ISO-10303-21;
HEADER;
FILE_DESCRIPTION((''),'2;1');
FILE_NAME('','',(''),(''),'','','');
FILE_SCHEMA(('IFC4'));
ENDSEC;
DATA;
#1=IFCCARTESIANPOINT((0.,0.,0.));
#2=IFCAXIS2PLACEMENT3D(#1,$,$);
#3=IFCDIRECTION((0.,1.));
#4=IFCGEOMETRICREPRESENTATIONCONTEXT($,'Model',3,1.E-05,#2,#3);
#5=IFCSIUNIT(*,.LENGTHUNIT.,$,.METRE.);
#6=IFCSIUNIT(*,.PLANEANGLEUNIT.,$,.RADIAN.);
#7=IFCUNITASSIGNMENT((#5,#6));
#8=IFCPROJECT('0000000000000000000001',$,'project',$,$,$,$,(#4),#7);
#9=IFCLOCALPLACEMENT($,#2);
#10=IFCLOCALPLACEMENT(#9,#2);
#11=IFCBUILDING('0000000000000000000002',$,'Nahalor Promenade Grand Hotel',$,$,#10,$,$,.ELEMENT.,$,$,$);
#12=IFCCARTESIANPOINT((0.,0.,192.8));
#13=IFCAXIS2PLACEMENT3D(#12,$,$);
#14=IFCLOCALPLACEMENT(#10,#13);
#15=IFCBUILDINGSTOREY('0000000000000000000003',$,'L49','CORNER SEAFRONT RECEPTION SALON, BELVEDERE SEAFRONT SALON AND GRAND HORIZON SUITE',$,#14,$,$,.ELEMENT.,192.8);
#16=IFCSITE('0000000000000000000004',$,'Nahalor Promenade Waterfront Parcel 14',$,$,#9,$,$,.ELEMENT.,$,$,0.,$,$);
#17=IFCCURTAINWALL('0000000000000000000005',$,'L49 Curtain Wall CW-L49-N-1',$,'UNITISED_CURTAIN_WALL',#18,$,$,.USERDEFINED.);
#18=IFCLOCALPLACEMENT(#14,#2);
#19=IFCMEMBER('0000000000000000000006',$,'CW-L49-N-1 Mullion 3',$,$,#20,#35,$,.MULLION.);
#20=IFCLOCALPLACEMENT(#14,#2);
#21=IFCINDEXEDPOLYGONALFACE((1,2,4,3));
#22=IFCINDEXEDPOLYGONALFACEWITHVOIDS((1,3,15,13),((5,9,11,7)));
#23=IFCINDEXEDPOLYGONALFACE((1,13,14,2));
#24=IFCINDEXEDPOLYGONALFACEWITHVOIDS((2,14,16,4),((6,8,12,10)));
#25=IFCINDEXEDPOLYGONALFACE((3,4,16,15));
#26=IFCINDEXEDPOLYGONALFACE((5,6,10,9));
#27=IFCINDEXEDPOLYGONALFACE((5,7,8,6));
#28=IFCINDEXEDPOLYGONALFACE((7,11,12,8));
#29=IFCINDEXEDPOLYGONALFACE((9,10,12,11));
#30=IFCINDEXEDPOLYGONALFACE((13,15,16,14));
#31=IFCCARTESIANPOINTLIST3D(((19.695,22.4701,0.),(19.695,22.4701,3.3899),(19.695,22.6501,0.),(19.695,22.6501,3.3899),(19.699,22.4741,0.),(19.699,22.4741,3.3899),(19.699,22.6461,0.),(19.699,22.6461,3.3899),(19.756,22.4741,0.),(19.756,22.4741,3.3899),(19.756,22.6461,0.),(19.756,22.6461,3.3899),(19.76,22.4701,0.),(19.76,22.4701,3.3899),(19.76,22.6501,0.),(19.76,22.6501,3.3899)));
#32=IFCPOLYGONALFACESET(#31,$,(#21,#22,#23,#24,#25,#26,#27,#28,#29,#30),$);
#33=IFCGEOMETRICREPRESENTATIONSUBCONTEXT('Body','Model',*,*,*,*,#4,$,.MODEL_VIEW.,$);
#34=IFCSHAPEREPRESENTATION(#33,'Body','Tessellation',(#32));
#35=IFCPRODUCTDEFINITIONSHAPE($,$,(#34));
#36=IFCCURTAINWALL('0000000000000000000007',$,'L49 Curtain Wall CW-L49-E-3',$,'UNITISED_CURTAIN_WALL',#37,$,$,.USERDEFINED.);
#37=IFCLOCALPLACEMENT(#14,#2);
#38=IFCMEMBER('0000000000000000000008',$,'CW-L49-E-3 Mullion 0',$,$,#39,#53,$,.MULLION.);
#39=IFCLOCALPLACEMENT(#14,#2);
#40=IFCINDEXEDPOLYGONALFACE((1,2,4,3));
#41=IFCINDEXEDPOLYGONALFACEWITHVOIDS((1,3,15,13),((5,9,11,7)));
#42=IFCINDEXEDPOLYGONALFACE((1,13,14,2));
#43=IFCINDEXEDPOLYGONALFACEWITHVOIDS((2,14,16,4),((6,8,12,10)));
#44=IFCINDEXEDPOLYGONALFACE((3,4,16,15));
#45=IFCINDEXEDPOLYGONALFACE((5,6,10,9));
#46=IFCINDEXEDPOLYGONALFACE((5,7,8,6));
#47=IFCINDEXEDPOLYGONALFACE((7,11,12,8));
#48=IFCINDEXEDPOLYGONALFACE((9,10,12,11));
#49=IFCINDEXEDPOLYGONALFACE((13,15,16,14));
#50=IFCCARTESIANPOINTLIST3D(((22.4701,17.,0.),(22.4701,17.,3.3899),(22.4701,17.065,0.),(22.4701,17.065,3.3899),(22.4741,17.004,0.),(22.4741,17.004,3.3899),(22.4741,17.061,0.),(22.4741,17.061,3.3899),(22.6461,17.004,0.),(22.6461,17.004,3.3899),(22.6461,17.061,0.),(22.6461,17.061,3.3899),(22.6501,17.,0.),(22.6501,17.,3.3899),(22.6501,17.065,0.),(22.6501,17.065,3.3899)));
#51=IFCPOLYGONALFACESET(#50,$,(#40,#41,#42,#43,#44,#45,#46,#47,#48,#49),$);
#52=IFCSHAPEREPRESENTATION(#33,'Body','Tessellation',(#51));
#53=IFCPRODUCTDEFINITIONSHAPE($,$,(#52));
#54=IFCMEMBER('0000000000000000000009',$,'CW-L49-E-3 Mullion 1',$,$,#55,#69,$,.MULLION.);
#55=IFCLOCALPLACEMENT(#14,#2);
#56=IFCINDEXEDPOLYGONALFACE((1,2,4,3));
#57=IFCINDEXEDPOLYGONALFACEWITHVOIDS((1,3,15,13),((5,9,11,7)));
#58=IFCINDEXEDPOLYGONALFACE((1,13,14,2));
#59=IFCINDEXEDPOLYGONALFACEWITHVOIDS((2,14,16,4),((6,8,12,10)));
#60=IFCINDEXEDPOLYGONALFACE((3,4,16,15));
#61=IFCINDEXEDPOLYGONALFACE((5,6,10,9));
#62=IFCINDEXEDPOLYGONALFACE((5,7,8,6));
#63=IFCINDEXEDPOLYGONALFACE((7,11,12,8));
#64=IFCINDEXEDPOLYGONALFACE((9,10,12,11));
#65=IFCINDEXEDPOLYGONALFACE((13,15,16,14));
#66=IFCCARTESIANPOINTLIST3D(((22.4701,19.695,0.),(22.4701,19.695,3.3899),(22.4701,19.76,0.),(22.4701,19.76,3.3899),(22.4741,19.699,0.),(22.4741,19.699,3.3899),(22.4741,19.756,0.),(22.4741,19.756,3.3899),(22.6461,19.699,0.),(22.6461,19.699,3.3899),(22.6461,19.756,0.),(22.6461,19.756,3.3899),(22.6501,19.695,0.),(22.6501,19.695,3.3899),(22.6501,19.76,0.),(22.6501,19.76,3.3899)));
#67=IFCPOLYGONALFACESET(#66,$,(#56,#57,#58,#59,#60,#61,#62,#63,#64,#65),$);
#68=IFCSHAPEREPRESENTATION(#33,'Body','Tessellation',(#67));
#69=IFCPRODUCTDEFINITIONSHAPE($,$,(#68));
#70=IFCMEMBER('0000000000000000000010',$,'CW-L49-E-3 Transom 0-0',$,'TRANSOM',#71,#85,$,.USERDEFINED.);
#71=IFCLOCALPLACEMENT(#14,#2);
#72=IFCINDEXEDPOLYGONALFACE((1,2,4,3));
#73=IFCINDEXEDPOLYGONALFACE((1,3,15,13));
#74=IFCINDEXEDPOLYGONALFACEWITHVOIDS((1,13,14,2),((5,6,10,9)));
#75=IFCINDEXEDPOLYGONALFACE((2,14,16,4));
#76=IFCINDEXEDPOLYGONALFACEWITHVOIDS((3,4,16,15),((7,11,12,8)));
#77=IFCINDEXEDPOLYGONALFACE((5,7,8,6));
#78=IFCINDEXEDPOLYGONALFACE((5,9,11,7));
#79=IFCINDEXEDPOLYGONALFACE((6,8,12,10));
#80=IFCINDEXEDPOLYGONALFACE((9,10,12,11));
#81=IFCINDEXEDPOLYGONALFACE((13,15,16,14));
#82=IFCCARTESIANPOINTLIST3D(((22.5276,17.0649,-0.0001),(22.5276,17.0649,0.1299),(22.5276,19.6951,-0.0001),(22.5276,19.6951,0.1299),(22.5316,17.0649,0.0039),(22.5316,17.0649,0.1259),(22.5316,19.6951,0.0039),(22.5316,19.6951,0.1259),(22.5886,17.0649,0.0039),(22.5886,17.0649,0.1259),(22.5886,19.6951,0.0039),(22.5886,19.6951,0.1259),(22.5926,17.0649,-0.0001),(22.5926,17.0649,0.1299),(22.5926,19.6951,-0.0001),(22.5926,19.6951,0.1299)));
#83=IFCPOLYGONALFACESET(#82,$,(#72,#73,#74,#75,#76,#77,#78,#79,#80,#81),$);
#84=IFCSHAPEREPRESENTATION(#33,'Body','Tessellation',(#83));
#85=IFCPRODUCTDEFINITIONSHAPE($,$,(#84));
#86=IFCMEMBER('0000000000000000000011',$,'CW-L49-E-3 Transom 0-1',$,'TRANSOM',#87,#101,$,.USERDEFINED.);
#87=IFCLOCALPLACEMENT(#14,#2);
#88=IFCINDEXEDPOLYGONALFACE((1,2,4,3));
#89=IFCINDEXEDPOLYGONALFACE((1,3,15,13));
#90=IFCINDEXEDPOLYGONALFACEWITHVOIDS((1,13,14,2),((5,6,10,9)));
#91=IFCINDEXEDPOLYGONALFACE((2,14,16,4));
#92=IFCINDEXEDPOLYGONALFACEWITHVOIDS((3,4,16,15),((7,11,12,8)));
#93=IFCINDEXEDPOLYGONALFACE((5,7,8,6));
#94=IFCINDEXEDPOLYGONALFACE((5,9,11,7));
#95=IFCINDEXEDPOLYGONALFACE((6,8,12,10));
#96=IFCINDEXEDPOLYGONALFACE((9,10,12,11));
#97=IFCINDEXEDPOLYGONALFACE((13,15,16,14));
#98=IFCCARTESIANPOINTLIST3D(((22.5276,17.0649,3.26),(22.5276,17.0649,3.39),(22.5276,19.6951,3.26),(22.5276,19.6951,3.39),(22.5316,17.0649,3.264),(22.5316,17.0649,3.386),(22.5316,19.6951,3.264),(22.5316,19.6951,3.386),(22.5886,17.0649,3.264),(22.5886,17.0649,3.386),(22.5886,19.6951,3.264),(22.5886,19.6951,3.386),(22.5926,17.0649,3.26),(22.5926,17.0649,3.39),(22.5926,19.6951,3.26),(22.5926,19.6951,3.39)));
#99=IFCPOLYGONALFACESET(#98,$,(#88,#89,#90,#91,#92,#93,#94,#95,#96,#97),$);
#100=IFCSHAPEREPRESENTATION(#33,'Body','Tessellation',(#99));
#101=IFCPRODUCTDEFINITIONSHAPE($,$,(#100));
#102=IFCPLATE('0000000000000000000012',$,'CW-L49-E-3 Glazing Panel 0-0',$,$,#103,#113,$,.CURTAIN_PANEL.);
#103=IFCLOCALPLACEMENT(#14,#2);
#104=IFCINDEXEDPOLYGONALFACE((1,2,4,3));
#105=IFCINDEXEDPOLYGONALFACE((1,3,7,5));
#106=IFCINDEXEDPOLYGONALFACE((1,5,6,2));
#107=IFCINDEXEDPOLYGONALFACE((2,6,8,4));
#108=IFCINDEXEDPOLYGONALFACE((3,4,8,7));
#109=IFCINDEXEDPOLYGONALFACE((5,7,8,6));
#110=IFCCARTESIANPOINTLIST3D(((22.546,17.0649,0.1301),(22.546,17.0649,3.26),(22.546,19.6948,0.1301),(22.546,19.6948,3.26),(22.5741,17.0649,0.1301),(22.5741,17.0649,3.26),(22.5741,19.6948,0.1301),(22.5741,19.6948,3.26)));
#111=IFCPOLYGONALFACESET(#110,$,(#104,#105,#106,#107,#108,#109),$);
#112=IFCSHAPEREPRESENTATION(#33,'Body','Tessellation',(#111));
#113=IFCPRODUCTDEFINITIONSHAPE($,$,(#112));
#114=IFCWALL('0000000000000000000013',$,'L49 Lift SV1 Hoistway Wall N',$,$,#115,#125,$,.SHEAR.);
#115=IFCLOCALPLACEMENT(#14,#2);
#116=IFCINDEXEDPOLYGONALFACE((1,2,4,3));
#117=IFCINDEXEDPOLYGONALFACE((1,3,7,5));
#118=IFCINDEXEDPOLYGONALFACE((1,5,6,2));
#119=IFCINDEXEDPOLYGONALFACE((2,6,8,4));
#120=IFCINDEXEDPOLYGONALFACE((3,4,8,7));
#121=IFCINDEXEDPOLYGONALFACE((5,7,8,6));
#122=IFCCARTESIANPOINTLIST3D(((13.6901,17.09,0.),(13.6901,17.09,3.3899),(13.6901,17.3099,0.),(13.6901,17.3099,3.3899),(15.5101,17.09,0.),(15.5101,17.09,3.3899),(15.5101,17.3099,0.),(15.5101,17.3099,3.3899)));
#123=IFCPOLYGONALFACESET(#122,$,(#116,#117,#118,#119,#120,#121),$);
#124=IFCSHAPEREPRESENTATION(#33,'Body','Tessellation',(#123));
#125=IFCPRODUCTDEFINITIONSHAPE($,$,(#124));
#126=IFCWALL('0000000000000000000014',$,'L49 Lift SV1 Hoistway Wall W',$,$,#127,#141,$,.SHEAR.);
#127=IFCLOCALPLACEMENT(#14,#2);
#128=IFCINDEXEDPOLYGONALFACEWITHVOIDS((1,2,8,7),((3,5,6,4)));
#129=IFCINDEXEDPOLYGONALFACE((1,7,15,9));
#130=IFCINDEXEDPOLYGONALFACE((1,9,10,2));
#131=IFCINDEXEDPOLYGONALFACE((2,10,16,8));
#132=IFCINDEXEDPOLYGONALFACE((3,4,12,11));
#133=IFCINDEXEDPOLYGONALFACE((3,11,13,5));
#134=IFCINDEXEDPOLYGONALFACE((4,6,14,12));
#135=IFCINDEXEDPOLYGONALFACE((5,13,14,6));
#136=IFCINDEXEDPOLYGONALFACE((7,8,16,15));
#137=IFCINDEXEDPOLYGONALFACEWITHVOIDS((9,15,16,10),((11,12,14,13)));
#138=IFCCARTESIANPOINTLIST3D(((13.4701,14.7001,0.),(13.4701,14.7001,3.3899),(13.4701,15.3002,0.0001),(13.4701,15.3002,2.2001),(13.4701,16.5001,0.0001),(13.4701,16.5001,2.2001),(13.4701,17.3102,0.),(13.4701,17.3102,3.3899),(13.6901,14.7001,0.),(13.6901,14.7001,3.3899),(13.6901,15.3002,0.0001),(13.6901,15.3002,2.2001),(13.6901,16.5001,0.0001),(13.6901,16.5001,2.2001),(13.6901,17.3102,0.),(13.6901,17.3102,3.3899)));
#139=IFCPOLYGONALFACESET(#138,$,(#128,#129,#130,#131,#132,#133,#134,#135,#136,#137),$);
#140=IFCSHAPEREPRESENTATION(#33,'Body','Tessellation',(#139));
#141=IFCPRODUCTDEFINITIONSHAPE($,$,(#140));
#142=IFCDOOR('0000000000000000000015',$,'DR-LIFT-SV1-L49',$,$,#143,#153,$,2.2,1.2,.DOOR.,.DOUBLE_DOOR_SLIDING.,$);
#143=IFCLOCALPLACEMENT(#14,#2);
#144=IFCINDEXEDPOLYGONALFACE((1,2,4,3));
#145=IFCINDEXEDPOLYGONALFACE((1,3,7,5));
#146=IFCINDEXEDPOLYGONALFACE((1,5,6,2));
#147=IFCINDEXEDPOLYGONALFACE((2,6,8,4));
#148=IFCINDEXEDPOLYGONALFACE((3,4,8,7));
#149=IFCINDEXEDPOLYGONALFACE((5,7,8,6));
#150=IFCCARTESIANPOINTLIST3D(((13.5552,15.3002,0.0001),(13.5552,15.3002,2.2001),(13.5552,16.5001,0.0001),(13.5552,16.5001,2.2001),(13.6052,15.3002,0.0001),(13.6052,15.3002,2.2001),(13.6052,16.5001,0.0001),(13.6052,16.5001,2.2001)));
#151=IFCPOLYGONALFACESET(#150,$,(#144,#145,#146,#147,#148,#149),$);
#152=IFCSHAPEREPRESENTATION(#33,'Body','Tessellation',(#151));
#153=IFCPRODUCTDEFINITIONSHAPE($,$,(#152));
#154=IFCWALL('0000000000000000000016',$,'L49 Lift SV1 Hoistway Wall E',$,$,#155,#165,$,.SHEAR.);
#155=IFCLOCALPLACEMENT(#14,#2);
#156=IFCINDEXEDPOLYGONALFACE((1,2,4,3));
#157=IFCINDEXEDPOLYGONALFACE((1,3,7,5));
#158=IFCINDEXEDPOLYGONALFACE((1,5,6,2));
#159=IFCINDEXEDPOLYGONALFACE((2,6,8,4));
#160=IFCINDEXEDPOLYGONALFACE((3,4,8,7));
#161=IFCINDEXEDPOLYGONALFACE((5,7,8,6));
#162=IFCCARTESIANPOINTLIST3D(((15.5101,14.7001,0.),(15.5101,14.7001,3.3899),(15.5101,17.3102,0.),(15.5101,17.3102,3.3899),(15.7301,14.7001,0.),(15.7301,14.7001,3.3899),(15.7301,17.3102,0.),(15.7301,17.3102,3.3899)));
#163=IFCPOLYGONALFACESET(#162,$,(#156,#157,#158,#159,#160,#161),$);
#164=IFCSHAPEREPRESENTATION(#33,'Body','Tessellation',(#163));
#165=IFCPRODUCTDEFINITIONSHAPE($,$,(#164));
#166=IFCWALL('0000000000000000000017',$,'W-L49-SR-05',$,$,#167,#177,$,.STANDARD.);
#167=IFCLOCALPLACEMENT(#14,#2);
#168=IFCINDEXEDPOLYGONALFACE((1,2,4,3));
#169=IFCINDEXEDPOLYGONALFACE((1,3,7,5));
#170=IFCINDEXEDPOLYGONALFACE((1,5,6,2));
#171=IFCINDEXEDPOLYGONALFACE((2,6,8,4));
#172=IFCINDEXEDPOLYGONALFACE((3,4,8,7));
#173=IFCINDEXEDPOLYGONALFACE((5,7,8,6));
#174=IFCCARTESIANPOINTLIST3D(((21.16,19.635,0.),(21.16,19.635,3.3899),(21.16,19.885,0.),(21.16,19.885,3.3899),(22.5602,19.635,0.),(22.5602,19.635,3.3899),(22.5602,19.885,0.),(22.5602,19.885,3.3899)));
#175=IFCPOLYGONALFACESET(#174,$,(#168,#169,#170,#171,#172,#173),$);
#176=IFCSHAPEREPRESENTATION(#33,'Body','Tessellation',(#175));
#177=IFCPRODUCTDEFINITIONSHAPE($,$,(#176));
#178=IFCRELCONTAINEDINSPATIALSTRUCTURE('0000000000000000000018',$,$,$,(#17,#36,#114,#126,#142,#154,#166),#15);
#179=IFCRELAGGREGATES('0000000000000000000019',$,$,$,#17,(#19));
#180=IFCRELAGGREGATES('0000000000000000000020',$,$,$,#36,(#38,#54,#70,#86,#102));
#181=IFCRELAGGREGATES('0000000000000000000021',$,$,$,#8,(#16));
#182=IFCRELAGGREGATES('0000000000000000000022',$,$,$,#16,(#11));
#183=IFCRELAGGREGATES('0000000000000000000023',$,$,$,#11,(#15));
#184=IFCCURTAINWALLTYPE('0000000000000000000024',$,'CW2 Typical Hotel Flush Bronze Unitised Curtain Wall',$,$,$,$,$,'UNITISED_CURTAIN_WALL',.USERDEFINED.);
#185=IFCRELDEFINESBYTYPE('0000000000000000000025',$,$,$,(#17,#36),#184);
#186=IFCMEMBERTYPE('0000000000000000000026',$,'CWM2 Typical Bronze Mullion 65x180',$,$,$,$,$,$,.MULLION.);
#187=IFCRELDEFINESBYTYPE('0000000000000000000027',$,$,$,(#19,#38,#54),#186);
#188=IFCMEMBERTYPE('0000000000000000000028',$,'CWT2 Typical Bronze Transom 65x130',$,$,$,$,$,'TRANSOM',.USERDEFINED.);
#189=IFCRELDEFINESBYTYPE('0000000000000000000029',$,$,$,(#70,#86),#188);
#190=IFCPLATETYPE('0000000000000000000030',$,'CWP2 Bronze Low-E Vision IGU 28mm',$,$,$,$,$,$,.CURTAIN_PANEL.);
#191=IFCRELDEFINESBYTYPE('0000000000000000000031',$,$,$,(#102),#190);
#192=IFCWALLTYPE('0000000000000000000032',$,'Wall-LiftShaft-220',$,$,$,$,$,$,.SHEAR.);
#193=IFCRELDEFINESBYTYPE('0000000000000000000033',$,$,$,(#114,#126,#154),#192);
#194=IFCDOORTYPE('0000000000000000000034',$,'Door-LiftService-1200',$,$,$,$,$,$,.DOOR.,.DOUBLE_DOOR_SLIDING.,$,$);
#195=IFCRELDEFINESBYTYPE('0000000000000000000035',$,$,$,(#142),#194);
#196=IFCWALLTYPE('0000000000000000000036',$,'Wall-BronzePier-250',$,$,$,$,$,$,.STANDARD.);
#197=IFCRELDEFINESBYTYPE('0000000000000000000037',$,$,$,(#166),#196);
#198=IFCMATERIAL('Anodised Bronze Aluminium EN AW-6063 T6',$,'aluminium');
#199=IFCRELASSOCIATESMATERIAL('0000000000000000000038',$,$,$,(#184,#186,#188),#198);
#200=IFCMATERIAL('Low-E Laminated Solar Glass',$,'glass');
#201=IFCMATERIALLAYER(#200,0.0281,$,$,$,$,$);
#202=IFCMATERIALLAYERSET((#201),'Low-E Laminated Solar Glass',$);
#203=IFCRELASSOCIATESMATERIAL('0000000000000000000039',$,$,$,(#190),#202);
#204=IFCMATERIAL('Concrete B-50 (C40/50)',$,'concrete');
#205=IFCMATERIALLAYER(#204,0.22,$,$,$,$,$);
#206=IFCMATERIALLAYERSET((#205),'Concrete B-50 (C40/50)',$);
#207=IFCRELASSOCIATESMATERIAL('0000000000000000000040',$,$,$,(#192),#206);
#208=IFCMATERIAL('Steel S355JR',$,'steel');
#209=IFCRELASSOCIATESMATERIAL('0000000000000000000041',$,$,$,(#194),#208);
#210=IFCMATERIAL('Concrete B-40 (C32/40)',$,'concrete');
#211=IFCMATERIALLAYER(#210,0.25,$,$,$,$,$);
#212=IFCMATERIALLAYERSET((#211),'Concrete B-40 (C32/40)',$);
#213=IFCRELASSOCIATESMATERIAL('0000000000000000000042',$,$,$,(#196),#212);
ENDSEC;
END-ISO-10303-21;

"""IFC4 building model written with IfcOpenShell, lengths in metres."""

from ifc_helpers import new_model, si_unit, direction, frame, frame_2d, origin, origin_2d, place, context, subcontext, project, spatial, rectangle, hollow_rectangle, extrude, source, transform, mapped, material, layer, layer_set, material_profile, profile_set, type_object, element, fill, aggregate, save


model = new_model("IFC4")

# Units and contexts
model_context = context("Model", 3, precision=1e-05, world=origin(), true_north=direction((0.0, 1.0)))
body_context = subcontext(model_context, "Body", "Model", "MODEL_VIEW")
ifc_project = project(units=[si_unit("LENGTHUNIT", "METRE"), si_unit("PLANEANGLEUNIT", "RADIAN")], contexts=[model_context])

# Site, building, storey
site_placement = place(None, origin())
site = spatial("IfcSite", under=ifc_project, at=site_placement, Name="Nahalor Promenade Waterfront Parcel 14", CompositionType="ELEMENT", RefElevation=0.0)
building_placement = place(site_placement, origin())
building = spatial("IfcBuilding", under=site, at=building_placement, Name="Nahalor Promenade Grand Hotel", CompositionType="ELEMENT")
storey_placement = place(building_placement, frame((0.0, 0.0, 192.8)))
storey = spatial("IfcBuildingStorey", under=building, at=storey_placement, Name="L49", Description="CORNER SEAFRONT RECEPTION SALON, BELVEDERE SEAFRONT SALON AND GRAND HORIZON SUITE", CompositionType="ELEMENT", Elevation=192.8)

# Shared definitions
ifc_material_1 = material(Name="Steel S355JR", Category="steel")

# Curtain wall, member
ifc_material_2 = material(Name="Anodised Bronze Aluminium EN AW-6063 T6", Category="aluminium")
curtain_wall_type = type_object("IfcCurtainWallType", Name="CW2 Typical Hotel Flush Bronze Unitised Curtain Wall", ElementType="UNITISED_CURTAIN_WALL", PredefinedType="USERDEFINED", material=ifc_material_2)
curtain_wall_1_placement = place(storey_placement, origin())
curtain_wall_1 = element("IfcCurtainWall", 1, at=curtain_wall_1_placement, inside=storey, type_object=curtain_wall_type, Name="L49 Curtain Wall CW-L49-N-1", ObjectType="UNITISED_CURTAIN_WALL", PredefinedType="USERDEFINED")
ifc_material_profile_1 = material_profile(ifc_material_2, hollow_rectangle(XDim=0.065, YDim=0.18, WallThickness=0.004, at=origin_2d()), Name="CWM 65x180x4")
ifc_profile_set_1 = profile_set([ifc_material_profile_1], Name="Anodised Bronze Aluminium EN AW-6063 T6")
member_type_1 = type_object("IfcMemberType", Name="CWM2 Typical Bronze Mullion 65x180", PredefinedType="MULLION", material=ifc_profile_set_1)
shared_shape_1 = source(origin(), body_context, "Body", "SweptSolid", [
    extrude(hollow_rectangle(XDim=0.065, YDim=0.18, WallThickness=0.004, at=origin_2d()), origin(), (0.0, 0.0, 1.0), 3.3899),
])
member_1_placement = place(storey_placement, frame((19.7275, 22.5601, 0.0), z_axis=(0.0, 0.0, 1.0), x_axis=(1.0, 0.0, 0.0)))
member_1 = element("IfcMember", 2, at=member_1_placement, type_object=member_type_1, Name="CW-L49-N-1 Mullion 3", PredefinedType="MULLION", context=body_context, shape_type="MappedRepresentation", body=[
    mapped(shared_shape_1, transform((0.0, 0.0, 0.0), scale=1.0)),
])
aggregate(curtain_wall_1, [member_1])

# Curtain wall, members, plate
curtain_wall_2_placement = place(storey_placement, origin())
curtain_wall_2 = element("IfcCurtainWall", 3, at=curtain_wall_2_placement, inside=storey, type_object=curtain_wall_type, Name="L49 Curtain Wall CW-L49-E-3", ObjectType="UNITISED_CURTAIN_WALL", PredefinedType="USERDEFINED")
member_2_placement = place(storey_placement, frame((22.5601, 17.0325, 0.0), z_axis=(0.0, 0.0, 1.0), x_axis=(0.0, 1.0, 0.0)))
member_2 = element("IfcMember", 4, at=member_2_placement, type_object=member_type_1, Name="CW-L49-E-3 Mullion 0", PredefinedType="MULLION", context=body_context, shape_type="MappedRepresentation", body=[
    mapped(shared_shape_1, transform((0.0, 0.0, 0.0), scale=1.0)),
])
member_3_placement = place(storey_placement, frame((22.5601, 19.7275, 0.0), z_axis=(0.0, 0.0, 1.0), x_axis=(0.0, 1.0, 0.0)))
member_3 = element("IfcMember", 5, at=member_3_placement, type_object=member_type_1, Name="CW-L49-E-3 Mullion 1", PredefinedType="MULLION", context=body_context, shape_type="MappedRepresentation", body=[
    mapped(shared_shape_1, transform((0.0, 0.0, 0.0), scale=1.0)),
])
ifc_material_profile_2 = material_profile(ifc_material_2, hollow_rectangle(XDim=0.065, YDim=0.13, WallThickness=0.004, at=origin_2d()), Name="CWT 65x130x4")
ifc_profile_set_2 = profile_set([ifc_material_profile_2], Name="Anodised Bronze Aluminium EN AW-6063 T6")
member_type_2 = type_object("IfcMemberType", Name="CWT2 Typical Bronze Transom 65x130", ElementType="TRANSOM", PredefinedType="USERDEFINED", material=ifc_profile_set_2)
shared_shape_2 = source(origin(), body_context, "Body", "SweptSolid", [
    extrude(hollow_rectangle(XDim=0.065, YDim=0.13, WallThickness=0.004, at=origin_2d()), origin(), (0.0, 0.0, 1.0), 2.6301),
])
member_4_placement = place(storey_placement, frame((22.5601, 17.0649, 0.0649), z_axis=(0.0, 1.0, 0.0), x_axis=(-1.0, 0.0, 0.0)))
member_4 = element("IfcMember", 6, at=member_4_placement, type_object=member_type_2, Name="CW-L49-E-3 Transom 0-0", ObjectType="TRANSOM", PredefinedType="USERDEFINED", context=body_context, shape_type="MappedRepresentation", body=[
    mapped(shared_shape_2, transform((0.0, 0.0, 0.0), scale=1.0)),
])
member_5_placement = place(storey_placement, frame((22.5601, 17.0649, 3.325), z_axis=(0.0, 1.0, 0.0), x_axis=(-1.0, 0.0, 0.0)))
member_5 = element("IfcMember", 7, at=member_5_placement, type_object=member_type_2, Name="CW-L49-E-3 Transom 0-1", ObjectType="TRANSOM", PredefinedType="USERDEFINED", context=body_context, shape_type="MappedRepresentation", body=[
    mapped(shared_shape_2, transform((0.0, 0.0, 0.0), scale=1.0)),
])
ifc_material_3 = material(Name="Low-E Laminated Solar Glass", Category="glass")
ifc_layer_1 = layer(ifc_material_3, 0.0281)
ifc_layer_set_1 = layer_set([ifc_layer_1], Name="Low-E Laminated Solar Glass")
plate_type = type_object("IfcPlateType", Name="CWP2 Bronze Low-E Vision IGU 28mm", PredefinedType="CURTAIN_PANEL", material=ifc_layer_set_1)
shared_shape_3 = source(origin(), body_context, "Body", "SweptSolid", [
    extrude(rectangle(XDim=2.6299, YDim=0.0281, at=origin_2d()), origin(), (0.0, 0.0, 1.0), 3.1299),
])
plate_placement = place(storey_placement, frame((22.5601, 18.3799, 0.1301), z_axis=(0.0, 0.0, 1.0), x_axis=(0.0, 1.0, 0.0)))
plate = element("IfcPlate", 8, at=plate_placement, type_object=plate_type, Name="CW-L49-E-3 Glazing Panel 0-0", PredefinedType="CURTAIN_PANEL", context=body_context, shape_type="MappedRepresentation", body=[
    mapped(shared_shape_3, transform((0.0, 0.0, 0.0), scale=1.0)),
])
aggregate(curtain_wall_2, [member_2, member_3, member_4, member_5, plate])

# Wall
ifc_material_4 = material(Name="Concrete B-50 (C40/50)", Category="concrete")
ifc_layer_2 = layer(ifc_material_4, 0.22)
ifc_layer_set_2 = layer_set([ifc_layer_2], Name="Concrete B-50 (C40/50)")
wall_type_1 = type_object("IfcWallType", Name="Wall-LiftShaft-220", PredefinedType="SHEAR", material=ifc_layer_set_2)
shared_shape_4 = source(origin(), body_context, "Body", "SweptSolid", [
    extrude(rectangle(XDim=1.8201, YDim=0.22, at=frame_2d((0.9102, 0.0))), origin(), (0.0, 0.0, 1.0), 3.3899),
])
wall_1_placement = place(storey_placement, frame((13.6899, 17.2, 0.0), z_axis=(0.0, 0.0, 1.0), x_axis=(1.0, 0.0, 0.0)))
element("IfcWall", 9, at=wall_1_placement, inside=storey, type_object=wall_type_1, Name="L49 Lift SV1 Hoistway Wall N", PredefinedType="SHEAR", context=body_context, shape_type="MappedRepresentation", body=[
    mapped(shared_shape_4, transform((0.0, 0.0, 0.0), scale=1.0)),
])

# Wall, opening, door
shared_shape_5 = source(origin(), body_context, "Body", "SweptSolid", [
    extrude(rectangle(XDim=2.6101, YDim=0.22, at=frame_2d((1.3052, 0.0))), origin(), (0.0, 0.0, 1.0), 3.3899),
])
wall_2_placement = place(storey_placement, frame((13.5801, 14.7, 0.0), z_axis=(0.0, 0.0, 1.0), x_axis=(0.0, 1.0, 0.0)))
wall_2 = element("IfcWall", 10, at=wall_2_placement, inside=storey, type_object=wall_type_1, Name="L49 Lift SV1 Hoistway Wall W", PredefinedType="SHEAR", context=body_context, shape_type="MappedRepresentation", body=[
    mapped(shared_shape_5, transform((0.0, 0.0, 0.0), scale=1.0)),
])
opening_placement = place(wall_2_placement, frame((0.6001, 0.0, 0.0)))
opening = element("IfcOpeningElement", 11, at=opening_placement, cuts=wall_2, PredefinedType="OPENING", context=body_context, shape_type="SweptSolid", body=[
    extrude(rectangle(XDim=1.2, YDim=2.2, at=frame_2d((0.6001, 1.1001))), frame((0.0, 0.1199, 0.0), z_axis=(0.0, -1.0, 0.0), x_axis=(1.0, 0.0, 0.0)), (0.0, 0.0, 1.0), 0.24),
])
door_type = type_object("IfcDoorType", Name="Door-LiftService-1200", OperationType="DOUBLE_DOOR_SLIDING", PredefinedType="DOOR", material=ifc_material_1)
shared_shape_6 = source(origin(), body_context, "Body", "SweptSolid", [
    extrude(rectangle(XDim=1.2, YDim=2.2, at=frame_2d((0.6001, 1.1001))), frame((0.0, 0.0249, 0.0), z_axis=(0.0, -1.0, 0.0), x_axis=(1.0, 0.0, 0.0)), (0.0, 0.0, 1.0), 0.05),
])
door_placement = place(opening_placement, origin())
door = element("IfcDoor", 12, at=door_placement, inside=storey, type_object=door_type, Name="DR-LIFT-SV1-L49", OperationType="DOUBLE_DOOR_SLIDING", OverallHeight=2.2, OverallWidth=1.2, PredefinedType="DOOR", context=body_context, shape_type="MappedRepresentation", body=[
    mapped(shared_shape_6, transform((0.0, 0.0, 0.0), scale=1.0)),
])
fill(opening, door)

# Walls
wall_3_placement = place(storey_placement, frame((15.6201, 14.7, 0.0), z_axis=(0.0, 0.0, 1.0), x_axis=(0.0, 1.0, 0.0)))
element("IfcWall", 13, at=wall_3_placement, inside=storey, type_object=wall_type_1, Name="L49 Lift SV1 Hoistway Wall E", PredefinedType="SHEAR", context=body_context, shape_type="MappedRepresentation", body=[
    mapped(shared_shape_5, transform((0.0, 0.0, 0.0), scale=1.0)),
])
ifc_material_5 = material(Name="Concrete B-40 (C32/40)", Category="concrete")
ifc_layer_3 = layer(ifc_material_5, 0.25)
ifc_layer_set_3 = layer_set([ifc_layer_3], Name="Concrete B-40 (C32/40)")
wall_type_2 = type_object("IfcWallType", Name="Wall-BronzePier-250", PredefinedType="STANDARD", material=ifc_layer_set_3)
shared_shape_7 = source(origin(), body_context, "Body", "SweptSolid", [
    extrude(rectangle(XDim=1.4001, YDim=0.25, at=frame_2d((0.7002, 0.0))), origin(), (0.0, 0.0, 1.0), 3.3899),
])
for number, where, z_axis, x_axis, name in (
    (14, (21.1599, 19.76, 0.0), (0.0, 0.0, 1.0), (1.0, 0.0, 0.0), "W-L49-SR-05"),
):
    element("IfcWall", number, at=place(storey_placement, frame(where, z_axis=z_axis, x_axis=x_axis)), inside=storey, type_object=wall_type_2, Name=name, PredefinedType="STANDARD", context=body_context, shape_type="MappedRepresentation", body=[
        mapped(shared_shape_7, transform((0.0, 0.0, 0.0), scale=1.0)),
    ])

save(model, "model.ifc")
